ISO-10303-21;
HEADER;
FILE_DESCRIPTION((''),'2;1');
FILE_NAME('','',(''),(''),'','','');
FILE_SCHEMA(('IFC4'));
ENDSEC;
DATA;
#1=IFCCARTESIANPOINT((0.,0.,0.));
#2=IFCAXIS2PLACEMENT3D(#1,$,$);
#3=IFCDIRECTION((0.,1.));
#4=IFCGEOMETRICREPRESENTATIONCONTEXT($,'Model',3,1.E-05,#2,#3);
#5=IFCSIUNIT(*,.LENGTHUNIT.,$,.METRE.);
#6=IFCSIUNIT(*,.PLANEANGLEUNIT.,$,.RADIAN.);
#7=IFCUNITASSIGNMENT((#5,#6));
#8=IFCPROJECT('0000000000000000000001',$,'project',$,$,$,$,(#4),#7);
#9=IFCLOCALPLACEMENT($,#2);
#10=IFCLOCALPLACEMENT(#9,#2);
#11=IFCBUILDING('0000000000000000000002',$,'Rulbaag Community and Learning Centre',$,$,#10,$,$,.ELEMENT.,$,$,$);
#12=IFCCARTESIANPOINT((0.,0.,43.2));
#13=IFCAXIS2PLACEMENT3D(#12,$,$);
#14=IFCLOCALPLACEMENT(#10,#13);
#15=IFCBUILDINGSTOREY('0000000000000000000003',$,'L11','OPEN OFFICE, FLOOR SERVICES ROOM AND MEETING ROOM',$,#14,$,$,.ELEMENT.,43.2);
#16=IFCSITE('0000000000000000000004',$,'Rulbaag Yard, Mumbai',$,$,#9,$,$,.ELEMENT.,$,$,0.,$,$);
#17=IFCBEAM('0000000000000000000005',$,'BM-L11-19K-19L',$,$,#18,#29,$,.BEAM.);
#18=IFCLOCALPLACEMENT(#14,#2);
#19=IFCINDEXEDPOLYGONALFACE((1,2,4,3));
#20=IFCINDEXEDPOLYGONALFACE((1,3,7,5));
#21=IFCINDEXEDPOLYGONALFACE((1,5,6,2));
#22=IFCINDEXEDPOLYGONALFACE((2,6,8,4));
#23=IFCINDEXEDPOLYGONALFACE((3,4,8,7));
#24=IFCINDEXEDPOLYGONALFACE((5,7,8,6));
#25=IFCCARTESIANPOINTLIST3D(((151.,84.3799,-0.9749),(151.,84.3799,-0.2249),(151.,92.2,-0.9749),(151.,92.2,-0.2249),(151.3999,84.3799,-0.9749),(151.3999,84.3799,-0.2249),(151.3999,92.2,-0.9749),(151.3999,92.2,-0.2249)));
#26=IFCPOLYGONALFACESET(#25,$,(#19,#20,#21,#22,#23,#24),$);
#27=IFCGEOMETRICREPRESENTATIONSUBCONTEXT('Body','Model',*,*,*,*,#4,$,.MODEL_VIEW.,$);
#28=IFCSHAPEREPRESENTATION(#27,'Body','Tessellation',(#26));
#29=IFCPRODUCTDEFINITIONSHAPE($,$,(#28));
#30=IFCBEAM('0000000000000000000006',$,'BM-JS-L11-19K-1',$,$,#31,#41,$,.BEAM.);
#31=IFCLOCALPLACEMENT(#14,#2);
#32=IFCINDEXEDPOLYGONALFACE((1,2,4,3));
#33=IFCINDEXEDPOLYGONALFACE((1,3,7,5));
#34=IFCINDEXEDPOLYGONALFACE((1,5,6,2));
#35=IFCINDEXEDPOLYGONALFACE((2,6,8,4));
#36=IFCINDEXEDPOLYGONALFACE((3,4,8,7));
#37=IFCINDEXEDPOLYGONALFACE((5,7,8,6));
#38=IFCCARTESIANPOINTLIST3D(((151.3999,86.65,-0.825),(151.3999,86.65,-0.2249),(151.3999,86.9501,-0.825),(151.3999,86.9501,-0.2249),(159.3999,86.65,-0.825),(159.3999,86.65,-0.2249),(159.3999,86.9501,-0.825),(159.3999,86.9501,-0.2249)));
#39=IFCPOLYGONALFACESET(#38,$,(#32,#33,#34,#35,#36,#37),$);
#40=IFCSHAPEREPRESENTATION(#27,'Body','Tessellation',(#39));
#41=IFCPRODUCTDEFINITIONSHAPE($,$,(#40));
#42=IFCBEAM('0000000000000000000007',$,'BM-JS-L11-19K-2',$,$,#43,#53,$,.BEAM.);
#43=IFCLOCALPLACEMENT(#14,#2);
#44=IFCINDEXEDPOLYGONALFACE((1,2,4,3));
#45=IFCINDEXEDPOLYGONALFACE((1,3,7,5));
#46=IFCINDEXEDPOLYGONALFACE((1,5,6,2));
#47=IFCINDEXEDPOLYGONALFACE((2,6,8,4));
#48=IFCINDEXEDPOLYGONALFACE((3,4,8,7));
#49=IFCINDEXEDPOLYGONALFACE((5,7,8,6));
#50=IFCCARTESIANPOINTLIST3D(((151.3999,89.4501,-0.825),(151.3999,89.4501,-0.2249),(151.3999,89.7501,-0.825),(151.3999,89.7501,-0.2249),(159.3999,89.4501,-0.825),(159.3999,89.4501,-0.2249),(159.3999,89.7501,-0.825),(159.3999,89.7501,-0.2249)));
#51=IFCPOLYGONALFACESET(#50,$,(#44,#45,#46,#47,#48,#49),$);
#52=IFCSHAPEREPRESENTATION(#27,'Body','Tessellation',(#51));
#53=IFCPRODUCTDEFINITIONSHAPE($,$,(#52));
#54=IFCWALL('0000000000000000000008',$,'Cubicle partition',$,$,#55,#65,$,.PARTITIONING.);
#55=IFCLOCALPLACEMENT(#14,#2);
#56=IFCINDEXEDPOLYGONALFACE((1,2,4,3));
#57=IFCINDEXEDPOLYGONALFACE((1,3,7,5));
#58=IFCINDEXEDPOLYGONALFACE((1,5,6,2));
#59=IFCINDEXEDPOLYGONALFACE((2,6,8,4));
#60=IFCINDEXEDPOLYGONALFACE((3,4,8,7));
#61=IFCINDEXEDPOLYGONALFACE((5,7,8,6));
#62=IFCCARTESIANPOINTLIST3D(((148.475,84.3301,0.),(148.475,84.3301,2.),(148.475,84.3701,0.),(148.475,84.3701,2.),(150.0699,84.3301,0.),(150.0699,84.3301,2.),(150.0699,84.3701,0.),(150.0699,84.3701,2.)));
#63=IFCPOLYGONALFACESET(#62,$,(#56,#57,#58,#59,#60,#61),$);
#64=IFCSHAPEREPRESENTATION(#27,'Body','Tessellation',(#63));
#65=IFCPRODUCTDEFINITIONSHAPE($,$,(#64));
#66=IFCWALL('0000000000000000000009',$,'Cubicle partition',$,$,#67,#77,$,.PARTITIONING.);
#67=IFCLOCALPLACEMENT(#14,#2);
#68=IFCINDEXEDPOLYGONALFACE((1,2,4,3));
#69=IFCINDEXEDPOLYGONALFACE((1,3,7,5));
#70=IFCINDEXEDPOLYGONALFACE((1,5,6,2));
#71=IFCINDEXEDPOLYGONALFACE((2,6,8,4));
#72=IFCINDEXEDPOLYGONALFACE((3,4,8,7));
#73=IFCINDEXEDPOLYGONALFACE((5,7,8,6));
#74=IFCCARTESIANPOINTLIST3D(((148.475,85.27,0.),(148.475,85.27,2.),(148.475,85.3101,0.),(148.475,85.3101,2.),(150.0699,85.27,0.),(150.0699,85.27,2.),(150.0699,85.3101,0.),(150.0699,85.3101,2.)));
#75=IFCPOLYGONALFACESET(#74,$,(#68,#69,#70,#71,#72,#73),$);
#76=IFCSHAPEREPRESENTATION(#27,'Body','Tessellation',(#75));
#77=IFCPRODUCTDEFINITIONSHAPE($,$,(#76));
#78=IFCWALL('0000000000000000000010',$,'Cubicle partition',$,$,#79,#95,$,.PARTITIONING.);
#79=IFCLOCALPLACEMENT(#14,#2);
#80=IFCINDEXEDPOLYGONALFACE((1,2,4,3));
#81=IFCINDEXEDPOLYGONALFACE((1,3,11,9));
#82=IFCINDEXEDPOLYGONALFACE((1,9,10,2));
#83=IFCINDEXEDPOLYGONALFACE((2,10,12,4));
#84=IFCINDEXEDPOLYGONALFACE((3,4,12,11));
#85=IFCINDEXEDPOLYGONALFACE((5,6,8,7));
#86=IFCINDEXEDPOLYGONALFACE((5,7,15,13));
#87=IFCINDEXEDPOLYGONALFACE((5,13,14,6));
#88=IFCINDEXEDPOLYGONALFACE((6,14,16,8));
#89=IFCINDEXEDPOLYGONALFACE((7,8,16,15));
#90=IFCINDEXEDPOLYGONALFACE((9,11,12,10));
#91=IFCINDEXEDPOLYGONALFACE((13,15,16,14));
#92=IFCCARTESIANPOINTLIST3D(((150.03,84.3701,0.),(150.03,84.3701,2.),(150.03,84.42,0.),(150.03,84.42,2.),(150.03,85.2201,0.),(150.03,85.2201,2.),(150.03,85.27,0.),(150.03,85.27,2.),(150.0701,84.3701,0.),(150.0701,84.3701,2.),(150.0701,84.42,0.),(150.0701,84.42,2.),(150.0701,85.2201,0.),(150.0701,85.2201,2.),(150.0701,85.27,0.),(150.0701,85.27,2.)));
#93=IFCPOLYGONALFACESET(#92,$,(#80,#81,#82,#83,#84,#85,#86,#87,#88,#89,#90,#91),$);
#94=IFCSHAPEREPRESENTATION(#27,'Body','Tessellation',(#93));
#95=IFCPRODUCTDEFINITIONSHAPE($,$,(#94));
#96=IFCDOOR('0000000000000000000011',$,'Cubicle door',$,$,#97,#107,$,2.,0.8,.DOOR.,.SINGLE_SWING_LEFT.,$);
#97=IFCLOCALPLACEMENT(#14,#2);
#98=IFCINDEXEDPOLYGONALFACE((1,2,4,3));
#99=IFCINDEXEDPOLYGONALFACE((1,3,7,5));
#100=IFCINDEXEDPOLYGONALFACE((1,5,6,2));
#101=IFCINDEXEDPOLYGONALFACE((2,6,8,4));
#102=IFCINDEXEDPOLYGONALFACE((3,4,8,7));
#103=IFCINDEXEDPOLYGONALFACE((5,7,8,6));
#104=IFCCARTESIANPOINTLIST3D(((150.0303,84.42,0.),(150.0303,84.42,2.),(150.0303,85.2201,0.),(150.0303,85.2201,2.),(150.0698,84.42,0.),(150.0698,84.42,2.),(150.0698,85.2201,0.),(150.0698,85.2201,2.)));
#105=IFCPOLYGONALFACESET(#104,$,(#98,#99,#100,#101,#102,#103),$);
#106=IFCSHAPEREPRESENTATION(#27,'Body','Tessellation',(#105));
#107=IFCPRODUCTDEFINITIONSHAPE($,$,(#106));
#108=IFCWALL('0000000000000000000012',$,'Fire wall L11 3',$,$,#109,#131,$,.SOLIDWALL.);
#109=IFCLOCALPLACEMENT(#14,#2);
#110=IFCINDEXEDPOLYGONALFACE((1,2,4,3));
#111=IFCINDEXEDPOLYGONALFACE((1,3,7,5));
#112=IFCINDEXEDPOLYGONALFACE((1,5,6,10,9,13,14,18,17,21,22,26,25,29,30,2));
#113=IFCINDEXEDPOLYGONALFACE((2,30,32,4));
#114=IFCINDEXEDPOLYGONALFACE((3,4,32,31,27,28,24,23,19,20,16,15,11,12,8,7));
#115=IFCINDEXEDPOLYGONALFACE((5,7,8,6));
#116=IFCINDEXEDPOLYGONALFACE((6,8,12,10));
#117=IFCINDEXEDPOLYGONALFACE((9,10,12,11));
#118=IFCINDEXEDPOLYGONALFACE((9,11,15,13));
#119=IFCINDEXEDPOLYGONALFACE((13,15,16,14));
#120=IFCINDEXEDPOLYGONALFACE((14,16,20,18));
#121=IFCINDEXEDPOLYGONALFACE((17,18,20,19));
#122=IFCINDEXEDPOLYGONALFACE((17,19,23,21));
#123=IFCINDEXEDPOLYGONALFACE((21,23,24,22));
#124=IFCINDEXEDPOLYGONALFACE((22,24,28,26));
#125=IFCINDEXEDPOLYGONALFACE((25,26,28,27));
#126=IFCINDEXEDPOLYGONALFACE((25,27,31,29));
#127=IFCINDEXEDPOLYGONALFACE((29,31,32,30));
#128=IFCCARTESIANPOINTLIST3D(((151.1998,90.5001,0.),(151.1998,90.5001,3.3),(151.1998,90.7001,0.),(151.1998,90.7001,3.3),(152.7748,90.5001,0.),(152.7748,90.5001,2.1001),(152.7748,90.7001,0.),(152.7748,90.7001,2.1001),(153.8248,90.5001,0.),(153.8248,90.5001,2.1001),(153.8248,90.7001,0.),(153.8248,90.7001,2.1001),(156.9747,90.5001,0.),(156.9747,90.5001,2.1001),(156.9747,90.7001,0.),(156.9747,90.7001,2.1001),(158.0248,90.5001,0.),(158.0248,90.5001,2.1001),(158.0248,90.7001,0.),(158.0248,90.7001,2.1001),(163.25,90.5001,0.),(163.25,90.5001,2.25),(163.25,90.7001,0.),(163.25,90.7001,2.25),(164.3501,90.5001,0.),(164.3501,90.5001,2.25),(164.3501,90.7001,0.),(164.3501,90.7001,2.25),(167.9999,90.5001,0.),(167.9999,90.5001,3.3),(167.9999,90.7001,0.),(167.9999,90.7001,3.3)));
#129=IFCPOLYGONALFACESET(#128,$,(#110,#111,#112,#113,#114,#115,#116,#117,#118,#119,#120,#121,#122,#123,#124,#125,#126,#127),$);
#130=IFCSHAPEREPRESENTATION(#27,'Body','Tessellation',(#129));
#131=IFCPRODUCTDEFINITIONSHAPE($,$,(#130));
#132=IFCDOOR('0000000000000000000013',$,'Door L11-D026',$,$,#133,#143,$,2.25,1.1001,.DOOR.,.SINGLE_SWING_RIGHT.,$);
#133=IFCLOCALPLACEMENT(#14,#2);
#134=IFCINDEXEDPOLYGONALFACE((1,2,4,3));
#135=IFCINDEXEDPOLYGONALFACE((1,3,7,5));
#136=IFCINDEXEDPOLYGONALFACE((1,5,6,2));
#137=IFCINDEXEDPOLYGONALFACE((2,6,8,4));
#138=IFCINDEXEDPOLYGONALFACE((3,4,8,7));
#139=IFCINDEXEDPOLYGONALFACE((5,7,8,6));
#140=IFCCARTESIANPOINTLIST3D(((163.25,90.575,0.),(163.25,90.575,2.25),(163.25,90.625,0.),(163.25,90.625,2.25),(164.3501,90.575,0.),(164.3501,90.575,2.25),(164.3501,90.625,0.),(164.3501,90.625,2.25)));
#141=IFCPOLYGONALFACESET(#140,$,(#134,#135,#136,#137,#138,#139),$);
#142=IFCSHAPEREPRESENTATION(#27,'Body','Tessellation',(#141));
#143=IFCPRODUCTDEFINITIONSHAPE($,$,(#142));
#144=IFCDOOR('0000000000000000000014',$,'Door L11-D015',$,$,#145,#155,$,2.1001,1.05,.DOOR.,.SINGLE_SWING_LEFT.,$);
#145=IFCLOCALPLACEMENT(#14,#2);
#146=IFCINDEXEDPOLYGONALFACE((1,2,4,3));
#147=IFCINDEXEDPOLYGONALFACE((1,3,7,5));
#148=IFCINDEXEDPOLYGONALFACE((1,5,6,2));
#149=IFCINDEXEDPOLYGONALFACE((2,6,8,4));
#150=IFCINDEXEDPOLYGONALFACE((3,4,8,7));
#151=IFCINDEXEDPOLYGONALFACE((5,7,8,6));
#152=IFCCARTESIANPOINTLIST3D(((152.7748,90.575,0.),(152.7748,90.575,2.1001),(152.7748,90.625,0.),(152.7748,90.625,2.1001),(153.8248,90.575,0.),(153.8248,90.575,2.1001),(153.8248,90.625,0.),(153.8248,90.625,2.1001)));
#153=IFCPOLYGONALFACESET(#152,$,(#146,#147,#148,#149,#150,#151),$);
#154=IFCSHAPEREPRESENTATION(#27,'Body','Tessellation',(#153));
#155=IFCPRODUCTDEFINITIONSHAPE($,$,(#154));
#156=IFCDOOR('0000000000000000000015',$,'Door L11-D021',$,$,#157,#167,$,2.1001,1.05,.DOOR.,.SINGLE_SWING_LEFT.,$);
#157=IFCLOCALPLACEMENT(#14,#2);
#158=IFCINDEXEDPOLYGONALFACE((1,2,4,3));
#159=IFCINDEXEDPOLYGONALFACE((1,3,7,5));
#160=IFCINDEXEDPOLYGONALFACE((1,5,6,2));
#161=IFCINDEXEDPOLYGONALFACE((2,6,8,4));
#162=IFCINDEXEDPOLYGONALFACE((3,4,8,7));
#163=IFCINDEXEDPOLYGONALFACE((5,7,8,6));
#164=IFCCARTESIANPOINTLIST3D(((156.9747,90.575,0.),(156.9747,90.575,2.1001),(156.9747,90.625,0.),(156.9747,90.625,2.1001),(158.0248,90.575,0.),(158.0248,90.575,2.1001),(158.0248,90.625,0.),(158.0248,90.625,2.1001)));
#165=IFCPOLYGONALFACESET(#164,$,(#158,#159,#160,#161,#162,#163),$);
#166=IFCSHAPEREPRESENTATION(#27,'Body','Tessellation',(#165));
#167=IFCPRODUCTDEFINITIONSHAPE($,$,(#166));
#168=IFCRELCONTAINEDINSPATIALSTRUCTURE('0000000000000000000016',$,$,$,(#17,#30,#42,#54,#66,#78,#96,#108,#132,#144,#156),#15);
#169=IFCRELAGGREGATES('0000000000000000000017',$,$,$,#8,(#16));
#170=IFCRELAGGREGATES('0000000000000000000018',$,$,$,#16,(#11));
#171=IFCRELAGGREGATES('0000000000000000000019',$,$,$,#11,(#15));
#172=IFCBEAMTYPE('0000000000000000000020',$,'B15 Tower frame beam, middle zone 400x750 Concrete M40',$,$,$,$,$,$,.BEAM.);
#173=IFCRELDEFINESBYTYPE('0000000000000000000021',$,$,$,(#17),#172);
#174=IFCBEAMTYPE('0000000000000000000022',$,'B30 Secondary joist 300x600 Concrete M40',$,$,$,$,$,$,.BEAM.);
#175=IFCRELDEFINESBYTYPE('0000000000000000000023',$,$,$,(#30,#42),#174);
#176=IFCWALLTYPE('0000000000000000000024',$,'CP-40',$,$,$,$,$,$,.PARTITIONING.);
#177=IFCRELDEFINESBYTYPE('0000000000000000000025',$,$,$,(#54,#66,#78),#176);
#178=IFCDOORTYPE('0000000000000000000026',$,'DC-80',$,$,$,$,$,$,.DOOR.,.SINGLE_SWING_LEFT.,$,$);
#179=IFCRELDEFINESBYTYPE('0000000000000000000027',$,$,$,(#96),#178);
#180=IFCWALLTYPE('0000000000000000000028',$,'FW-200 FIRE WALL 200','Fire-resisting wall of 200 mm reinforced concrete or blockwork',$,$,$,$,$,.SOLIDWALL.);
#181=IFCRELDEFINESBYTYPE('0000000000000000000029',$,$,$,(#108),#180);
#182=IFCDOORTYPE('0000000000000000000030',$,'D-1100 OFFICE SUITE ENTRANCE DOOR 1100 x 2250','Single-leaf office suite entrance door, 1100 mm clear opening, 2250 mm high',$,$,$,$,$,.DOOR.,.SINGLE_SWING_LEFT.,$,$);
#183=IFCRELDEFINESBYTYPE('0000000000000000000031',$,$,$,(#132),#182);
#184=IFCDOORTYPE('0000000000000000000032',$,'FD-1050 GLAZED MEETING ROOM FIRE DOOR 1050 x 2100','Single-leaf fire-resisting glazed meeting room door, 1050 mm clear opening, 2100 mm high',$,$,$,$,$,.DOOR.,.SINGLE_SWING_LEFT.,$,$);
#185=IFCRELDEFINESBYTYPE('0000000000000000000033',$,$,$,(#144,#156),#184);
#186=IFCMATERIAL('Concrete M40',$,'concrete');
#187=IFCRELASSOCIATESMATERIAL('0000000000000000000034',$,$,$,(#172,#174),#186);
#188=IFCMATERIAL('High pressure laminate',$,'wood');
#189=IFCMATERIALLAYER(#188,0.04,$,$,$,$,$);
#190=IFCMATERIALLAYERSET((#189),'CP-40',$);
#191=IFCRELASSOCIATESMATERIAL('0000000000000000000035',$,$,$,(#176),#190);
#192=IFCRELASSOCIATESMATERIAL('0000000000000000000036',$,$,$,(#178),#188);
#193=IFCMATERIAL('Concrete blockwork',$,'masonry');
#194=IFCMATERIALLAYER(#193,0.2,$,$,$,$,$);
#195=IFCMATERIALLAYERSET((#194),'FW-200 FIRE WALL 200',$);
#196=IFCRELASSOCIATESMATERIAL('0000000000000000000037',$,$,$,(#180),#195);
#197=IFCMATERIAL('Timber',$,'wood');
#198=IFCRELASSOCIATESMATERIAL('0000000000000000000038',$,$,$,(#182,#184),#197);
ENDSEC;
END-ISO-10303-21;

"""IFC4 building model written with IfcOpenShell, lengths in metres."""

from ifc_helpers import new_model, si_unit, direction, frame, frame_2d, origin, origin_2d, place, context, subcontext, project, spatial, rectangle, extrude, material, layer, layer_set, material_profile, profile_set, type_object, element, fill, save


model = new_model("IFC4")

# Units and contexts
model_context = context("Model", 3, precision=1e-05, world=origin(), true_north=direction((0.0, 1.0)))
body_context = subcontext(model_context, "Body", "Model", "MODEL_VIEW")
ifc_project = project(units=[si_unit("LENGTHUNIT", "METRE"), si_unit("PLANEANGLEUNIT", "RADIAN")], contexts=[model_context])

# Site, building, storey
site_placement = place(None, origin())
site = spatial("IfcSite", under=ifc_project, at=site_placement, Name="Rulbaag Yard, Mumbai", CompositionType="ELEMENT", RefElevation=0.0)
building_placement = place(site_placement, origin())
building = spatial("IfcBuilding", under=site, at=building_placement, Name="Rulbaag Community and Learning Centre", CompositionType="ELEMENT")
storey_placement = place(building_placement, frame((0.0, 0.0, 43.2)))
storey = spatial("IfcBuildingStorey", under=building, at=storey_placement, Name="L11", Description="OPEN OFFICE, FLOOR SERVICES ROOM AND MEETING ROOM", CompositionType="ELEMENT", Elevation=43.2)

# Beams
ifc_material_1 = material(Name="Concrete M40", Category="concrete")
ifc_material_profile_1 = material_profile(ifc_material_1, rectangle(XDim=0.3999, YDim=0.75, at=origin_2d()), Name="RB400x750")
ifc_profile_set_1 = profile_set([ifc_material_profile_1], Name="Concrete M40")
beam_type_1 = type_object("IfcBeamType", Name="B15 Tower frame beam, middle zone 400x750 Concrete M40", PredefinedType="BEAM", material=ifc_profile_set_1)
beam_placement = place(storey_placement, frame((151.2, 84.3799, -0.5999), z_axis=(0.0, 1.0, 0.0), x_axis=(-1.0, 0.0, 0.0)))
element("IfcBeam", 1, at=beam_placement, inside=storey, type_object=beam_type_1, Name="BM-L11-19K-19L", PredefinedType="BEAM", context=body_context, shape_type="SweptSolid", body=[
    extrude(rectangle(XDim=0.3999, YDim=0.75, at=origin_2d()), origin(), (0.0, 0.0, 1.0), 7.8201),
])
ifc_material_profile_2 = material_profile(ifc_material_1, rectangle(XDim=0.3, YDim=0.6001, at=origin_2d()), Name="RB300x600")
ifc_profile_set_2 = profile_set([ifc_material_profile_2], Name="Concrete M40")
beam_type_2 = type_object("IfcBeamType", Name="B30 Secondary joist 300x600 Concrete M40", PredefinedType="BEAM", material=ifc_profile_set_2)
for number, where, z_axis, x_axis, name in (
    (2, (151.3999, 86.8, -0.5249), (1.0, 0.0, 0.0), (0.0, 1.0, 0.0), "BM-JS-L11-19K-1"),
    (3, (151.3999, 89.6001, -0.5249), (1.0, 0.0, 0.0), (0.0, 1.0, 0.0), "BM-JS-L11-19K-2"),
):
    element("IfcBeam", number, at=place(storey_placement, frame(where, z_axis=z_axis, x_axis=x_axis)), inside=storey, type_object=beam_type_2, Name=name, PredefinedType="BEAM", context=body_context, shape_type="SweptSolid", body=[
        extrude(rectangle(XDim=0.3, YDim=0.6001, at=origin_2d()), origin(), (0.0, 0.0, 1.0), 8.0),
    ])

# Walls
ifc_material_2 = material(Name="High pressure laminate", Category="wood")
ifc_layer_1 = layer(ifc_material_2, 0.04)
ifc_layer_set_1 = layer_set([ifc_layer_1], Name="CP-40")
wall_type_1 = type_object("IfcWallType", Name="CP-40", PredefinedType="PARTITIONING", material=ifc_layer_set_1)
for number, where, z_axis, x_axis, name in (
    (4, (148.4751, 84.3501, 0.0), (0.0, 0.0, 1.0), (1.0, 0.0, 0.0), "Cubicle partition"),
    (5, (148.4751, 85.29, 0.0), (0.0, 0.0, 1.0), (1.0, 0.0, 0.0), "Cubicle partition"),
):
    element("IfcWall", number, at=place(storey_placement, frame(where, z_axis=z_axis, x_axis=x_axis)), inside=storey, type_object=wall_type_1, Name=name, PredefinedType="PARTITIONING", context=body_context, shape_type="SweptSolid", body=[
        extrude(rectangle(XDim=1.595, YDim=0.04, at=frame_2d((0.7974, 0.0))), origin(), (0.0, 0.0, 1.0), 2.0),
    ])

# Wall, opening, door
wall_1_placement = place(storey_placement, frame((150.05, 84.3701, 0.0), z_axis=(0.0, 0.0, 1.0), x_axis=(0.0, 1.0, 0.0)))
wall_1 = element("IfcWall", 6, at=wall_1_placement, inside=storey, type_object=wall_type_1, Name="Cubicle partition", PredefinedType="PARTITIONING", context=body_context, shape_type="SweptSolid", body=[
    extrude(rectangle(XDim=0.8999, YDim=0.04, at=frame_2d((0.45, 0.0))), origin(), (0.0, 0.0, 1.0), 2.0),
])
opening_1_placement = place(wall_1_placement, frame((0.05, 0.0, 0.0)))
opening_1 = element("IfcOpeningElement", 7, at=opening_1_placement, cuts=wall_1, PredefinedType="OPENING", context=body_context, shape_type="SweptSolid", body=[
    extrude(rectangle(XDim=0.8, YDim=2.0, at=frame_2d((0.3999, 1.0))), frame((0.0, 0.03, 0.0), z_axis=(0.0, -1.0, 0.0), x_axis=(1.0, 0.0, 0.0)), (0.0, 0.0, 1.0), 0.0601),
])
door_type_1 = type_object("IfcDoorType", Name="DC-80", OperationType="SINGLE_SWING_LEFT", PredefinedType="DOOR", material=ifc_material_2)
door_1_placement = place(opening_1_placement, origin())
door_1 = element("IfcDoor", 8, at=door_1_placement, inside=storey, type_object=door_type_1, Name="Cubicle door", OperationType="SINGLE_SWING_LEFT", OverallHeight=2.0, OverallWidth=0.8, PredefinedType="DOOR", context=body_context, shape_type="SweptSolid", body=[
    extrude(rectangle(XDim=0.8, YDim=2.0, at=frame_2d((0.3999, 1.0))), frame((0.0, 0.0198, 0.0), z_axis=(0.0, -1.0, 0.0), x_axis=(1.0, 0.0, 0.0)), (0.0, 0.0, 1.0), 0.0396),
])
fill(opening_1, door_1)

# Wall, openings, doors
ifc_material_3 = material(Name="Concrete blockwork", Category="masonry")
ifc_layer_2 = layer(ifc_material_3, 0.2)
ifc_layer_set_2 = layer_set([ifc_layer_2], Name="FW-200 FIRE WALL 200")
wall_type_2 = type_object("IfcWallType", Name="FW-200 FIRE WALL 200", Description="Fire-resisting wall of 200 mm reinforced concrete or blockwork", PredefinedType="SOLIDWALL", material=ifc_layer_set_2)
wall_2_placement = place(storey_placement, frame((151.2, 90.6001, 0.0), z_axis=(0.0, 0.0, 1.0), x_axis=(1.0, 0.0, 0.0)))
wall_2 = element("IfcWall", 9, at=wall_2_placement, inside=storey, type_object=wall_type_2, Name="Fire wall L11 3", PredefinedType="SOLIDWALL", context=body_context, shape_type="SweptSolid", body=[
    extrude(rectangle(XDim=16.8, YDim=0.2, at=frame_2d((8.3999, 0.0))), origin(), (0.0, 0.0, 1.0), 3.3),
])
opening_2_placement = place(wall_2_placement, frame((1.575, 0.0, 0.0)))
opening_2 = element("IfcOpeningElement", 10, at=opening_2_placement, cuts=wall_2, PredefinedType="OPENING", context=body_context, shape_type="SweptSolid", body=[
    extrude(rectangle(XDim=1.05, YDim=2.1001, at=frame_2d((0.5249, 1.05))), frame((0.0, 0.1099, 0.0), z_axis=(0.0, -1.0, 0.0), x_axis=(1.0, 0.0, 0.0)), (0.0, 0.0, 1.0), 0.22),
])
opening_3_placement = place(wall_2_placement, frame((5.7749, 0.0, 0.0)))
opening_3 = element("IfcOpeningElement", 11, at=opening_3_placement, cuts=wall_2, PredefinedType="OPENING", context=body_context, shape_type="SweptSolid", body=[
    extrude(rectangle(XDim=1.05, YDim=2.1001, at=frame_2d((0.5249, 1.05))), frame((0.0, 0.1099, 0.0), z_axis=(0.0, -1.0, 0.0), x_axis=(1.0, 0.0, 0.0)), (0.0, 0.0, 1.0), 0.22),
])
opening_4_placement = place(wall_2_placement, frame((12.05, 0.0, 0.0)))
opening_4 = element("IfcOpeningElement", 12, at=opening_4_placement, cuts=wall_2, PredefinedType="OPENING", context=body_context, shape_type="SweptSolid", body=[
    extrude(rectangle(XDim=1.1001, YDim=2.25, at=frame_2d((0.55, 1.125))), frame((0.0, 0.1099, 0.0), z_axis=(0.0, -1.0, 0.0), x_axis=(1.0, 0.0, 0.0)), (0.0, 0.0, 1.0), 0.22),
])
ifc_material_4 = material(Name="Timber", Category="wood")
door_type_2 = type_object("IfcDoorType", Name="D-1100 OFFICE SUITE ENTRANCE DOOR 1100 x 2250", Description="Single-leaf office suite entrance door, 1100 mm clear opening, 2250 mm high", OperationType="SINGLE_SWING_LEFT", PredefinedType="DOOR", material=ifc_material_4)
door_2_placement = place(opening_4_placement, origin())
door_2 = element("IfcDoor", 13, at=door_2_placement, inside=storey, type_object=door_type_2, Name="Door L11-D026", OperationType="SINGLE_SWING_RIGHT", OverallHeight=2.25, OverallWidth=1.1001, PredefinedType="DOOR", context=body_context, shape_type="SweptSolid", body=[
    extrude(rectangle(XDim=1.1001, YDim=2.25, at=frame_2d((0.55, 1.125))), frame((0.0, 0.0249, 0.0), z_axis=(0.0, -1.0, 0.0), x_axis=(1.0, 0.0, 0.0)), (0.0, 0.0, 1.0), 0.05),
])
fill(opening_4, door_2)
door_type_3 = type_object("IfcDoorType", Name="FD-1050 GLAZED MEETING ROOM FIRE DOOR 1050 x 2100", Description="Single-leaf fire-resisting glazed meeting room door, 1050 mm clear opening, 2100 mm high", OperationType="SINGLE_SWING_LEFT", PredefinedType="DOOR", material=ifc_material_4)
door_3_placement = place(opening_2_placement, origin())
door_3 = element("IfcDoor", 14, at=door_3_placement, inside=storey, type_object=door_type_3, Name="Door L11-D015", OperationType="SINGLE_SWING_LEFT", OverallHeight=2.1001, OverallWidth=1.05, PredefinedType="DOOR", context=body_context, shape_type="SweptSolid", body=[
    extrude(rectangle(XDim=1.05, YDim=2.1001, at=frame_2d((0.5249, 1.05))), frame((0.0, 0.0249, 0.0), z_axis=(0.0, -1.0, 0.0), x_axis=(1.0, 0.0, 0.0)), (0.0, 0.0, 1.0), 0.05),
])
fill(opening_2, door_3)
door_4_placement = place(opening_3_placement, origin())
door_4 = element("IfcDoor", 15, at=door_4_placement, inside=storey, type_object=door_type_3, Name="Door L11-D021", OperationType="SINGLE_SWING_LEFT", OverallHeight=2.1001, OverallWidth=1.05, PredefinedType="DOOR", context=body_context, shape_type="SweptSolid", body=[
    extrude(rectangle(XDim=1.05, YDim=2.1001, at=frame_2d((0.5249, 1.05))), frame((0.0, 0.0249, 0.0), z_axis=(0.0, -1.0, 0.0), x_axis=(1.0, 0.0, 0.0)), (0.0, 0.0, 1.0), 0.05),
])
fill(opening_3, door_4)

save(model, "model.ifc")
